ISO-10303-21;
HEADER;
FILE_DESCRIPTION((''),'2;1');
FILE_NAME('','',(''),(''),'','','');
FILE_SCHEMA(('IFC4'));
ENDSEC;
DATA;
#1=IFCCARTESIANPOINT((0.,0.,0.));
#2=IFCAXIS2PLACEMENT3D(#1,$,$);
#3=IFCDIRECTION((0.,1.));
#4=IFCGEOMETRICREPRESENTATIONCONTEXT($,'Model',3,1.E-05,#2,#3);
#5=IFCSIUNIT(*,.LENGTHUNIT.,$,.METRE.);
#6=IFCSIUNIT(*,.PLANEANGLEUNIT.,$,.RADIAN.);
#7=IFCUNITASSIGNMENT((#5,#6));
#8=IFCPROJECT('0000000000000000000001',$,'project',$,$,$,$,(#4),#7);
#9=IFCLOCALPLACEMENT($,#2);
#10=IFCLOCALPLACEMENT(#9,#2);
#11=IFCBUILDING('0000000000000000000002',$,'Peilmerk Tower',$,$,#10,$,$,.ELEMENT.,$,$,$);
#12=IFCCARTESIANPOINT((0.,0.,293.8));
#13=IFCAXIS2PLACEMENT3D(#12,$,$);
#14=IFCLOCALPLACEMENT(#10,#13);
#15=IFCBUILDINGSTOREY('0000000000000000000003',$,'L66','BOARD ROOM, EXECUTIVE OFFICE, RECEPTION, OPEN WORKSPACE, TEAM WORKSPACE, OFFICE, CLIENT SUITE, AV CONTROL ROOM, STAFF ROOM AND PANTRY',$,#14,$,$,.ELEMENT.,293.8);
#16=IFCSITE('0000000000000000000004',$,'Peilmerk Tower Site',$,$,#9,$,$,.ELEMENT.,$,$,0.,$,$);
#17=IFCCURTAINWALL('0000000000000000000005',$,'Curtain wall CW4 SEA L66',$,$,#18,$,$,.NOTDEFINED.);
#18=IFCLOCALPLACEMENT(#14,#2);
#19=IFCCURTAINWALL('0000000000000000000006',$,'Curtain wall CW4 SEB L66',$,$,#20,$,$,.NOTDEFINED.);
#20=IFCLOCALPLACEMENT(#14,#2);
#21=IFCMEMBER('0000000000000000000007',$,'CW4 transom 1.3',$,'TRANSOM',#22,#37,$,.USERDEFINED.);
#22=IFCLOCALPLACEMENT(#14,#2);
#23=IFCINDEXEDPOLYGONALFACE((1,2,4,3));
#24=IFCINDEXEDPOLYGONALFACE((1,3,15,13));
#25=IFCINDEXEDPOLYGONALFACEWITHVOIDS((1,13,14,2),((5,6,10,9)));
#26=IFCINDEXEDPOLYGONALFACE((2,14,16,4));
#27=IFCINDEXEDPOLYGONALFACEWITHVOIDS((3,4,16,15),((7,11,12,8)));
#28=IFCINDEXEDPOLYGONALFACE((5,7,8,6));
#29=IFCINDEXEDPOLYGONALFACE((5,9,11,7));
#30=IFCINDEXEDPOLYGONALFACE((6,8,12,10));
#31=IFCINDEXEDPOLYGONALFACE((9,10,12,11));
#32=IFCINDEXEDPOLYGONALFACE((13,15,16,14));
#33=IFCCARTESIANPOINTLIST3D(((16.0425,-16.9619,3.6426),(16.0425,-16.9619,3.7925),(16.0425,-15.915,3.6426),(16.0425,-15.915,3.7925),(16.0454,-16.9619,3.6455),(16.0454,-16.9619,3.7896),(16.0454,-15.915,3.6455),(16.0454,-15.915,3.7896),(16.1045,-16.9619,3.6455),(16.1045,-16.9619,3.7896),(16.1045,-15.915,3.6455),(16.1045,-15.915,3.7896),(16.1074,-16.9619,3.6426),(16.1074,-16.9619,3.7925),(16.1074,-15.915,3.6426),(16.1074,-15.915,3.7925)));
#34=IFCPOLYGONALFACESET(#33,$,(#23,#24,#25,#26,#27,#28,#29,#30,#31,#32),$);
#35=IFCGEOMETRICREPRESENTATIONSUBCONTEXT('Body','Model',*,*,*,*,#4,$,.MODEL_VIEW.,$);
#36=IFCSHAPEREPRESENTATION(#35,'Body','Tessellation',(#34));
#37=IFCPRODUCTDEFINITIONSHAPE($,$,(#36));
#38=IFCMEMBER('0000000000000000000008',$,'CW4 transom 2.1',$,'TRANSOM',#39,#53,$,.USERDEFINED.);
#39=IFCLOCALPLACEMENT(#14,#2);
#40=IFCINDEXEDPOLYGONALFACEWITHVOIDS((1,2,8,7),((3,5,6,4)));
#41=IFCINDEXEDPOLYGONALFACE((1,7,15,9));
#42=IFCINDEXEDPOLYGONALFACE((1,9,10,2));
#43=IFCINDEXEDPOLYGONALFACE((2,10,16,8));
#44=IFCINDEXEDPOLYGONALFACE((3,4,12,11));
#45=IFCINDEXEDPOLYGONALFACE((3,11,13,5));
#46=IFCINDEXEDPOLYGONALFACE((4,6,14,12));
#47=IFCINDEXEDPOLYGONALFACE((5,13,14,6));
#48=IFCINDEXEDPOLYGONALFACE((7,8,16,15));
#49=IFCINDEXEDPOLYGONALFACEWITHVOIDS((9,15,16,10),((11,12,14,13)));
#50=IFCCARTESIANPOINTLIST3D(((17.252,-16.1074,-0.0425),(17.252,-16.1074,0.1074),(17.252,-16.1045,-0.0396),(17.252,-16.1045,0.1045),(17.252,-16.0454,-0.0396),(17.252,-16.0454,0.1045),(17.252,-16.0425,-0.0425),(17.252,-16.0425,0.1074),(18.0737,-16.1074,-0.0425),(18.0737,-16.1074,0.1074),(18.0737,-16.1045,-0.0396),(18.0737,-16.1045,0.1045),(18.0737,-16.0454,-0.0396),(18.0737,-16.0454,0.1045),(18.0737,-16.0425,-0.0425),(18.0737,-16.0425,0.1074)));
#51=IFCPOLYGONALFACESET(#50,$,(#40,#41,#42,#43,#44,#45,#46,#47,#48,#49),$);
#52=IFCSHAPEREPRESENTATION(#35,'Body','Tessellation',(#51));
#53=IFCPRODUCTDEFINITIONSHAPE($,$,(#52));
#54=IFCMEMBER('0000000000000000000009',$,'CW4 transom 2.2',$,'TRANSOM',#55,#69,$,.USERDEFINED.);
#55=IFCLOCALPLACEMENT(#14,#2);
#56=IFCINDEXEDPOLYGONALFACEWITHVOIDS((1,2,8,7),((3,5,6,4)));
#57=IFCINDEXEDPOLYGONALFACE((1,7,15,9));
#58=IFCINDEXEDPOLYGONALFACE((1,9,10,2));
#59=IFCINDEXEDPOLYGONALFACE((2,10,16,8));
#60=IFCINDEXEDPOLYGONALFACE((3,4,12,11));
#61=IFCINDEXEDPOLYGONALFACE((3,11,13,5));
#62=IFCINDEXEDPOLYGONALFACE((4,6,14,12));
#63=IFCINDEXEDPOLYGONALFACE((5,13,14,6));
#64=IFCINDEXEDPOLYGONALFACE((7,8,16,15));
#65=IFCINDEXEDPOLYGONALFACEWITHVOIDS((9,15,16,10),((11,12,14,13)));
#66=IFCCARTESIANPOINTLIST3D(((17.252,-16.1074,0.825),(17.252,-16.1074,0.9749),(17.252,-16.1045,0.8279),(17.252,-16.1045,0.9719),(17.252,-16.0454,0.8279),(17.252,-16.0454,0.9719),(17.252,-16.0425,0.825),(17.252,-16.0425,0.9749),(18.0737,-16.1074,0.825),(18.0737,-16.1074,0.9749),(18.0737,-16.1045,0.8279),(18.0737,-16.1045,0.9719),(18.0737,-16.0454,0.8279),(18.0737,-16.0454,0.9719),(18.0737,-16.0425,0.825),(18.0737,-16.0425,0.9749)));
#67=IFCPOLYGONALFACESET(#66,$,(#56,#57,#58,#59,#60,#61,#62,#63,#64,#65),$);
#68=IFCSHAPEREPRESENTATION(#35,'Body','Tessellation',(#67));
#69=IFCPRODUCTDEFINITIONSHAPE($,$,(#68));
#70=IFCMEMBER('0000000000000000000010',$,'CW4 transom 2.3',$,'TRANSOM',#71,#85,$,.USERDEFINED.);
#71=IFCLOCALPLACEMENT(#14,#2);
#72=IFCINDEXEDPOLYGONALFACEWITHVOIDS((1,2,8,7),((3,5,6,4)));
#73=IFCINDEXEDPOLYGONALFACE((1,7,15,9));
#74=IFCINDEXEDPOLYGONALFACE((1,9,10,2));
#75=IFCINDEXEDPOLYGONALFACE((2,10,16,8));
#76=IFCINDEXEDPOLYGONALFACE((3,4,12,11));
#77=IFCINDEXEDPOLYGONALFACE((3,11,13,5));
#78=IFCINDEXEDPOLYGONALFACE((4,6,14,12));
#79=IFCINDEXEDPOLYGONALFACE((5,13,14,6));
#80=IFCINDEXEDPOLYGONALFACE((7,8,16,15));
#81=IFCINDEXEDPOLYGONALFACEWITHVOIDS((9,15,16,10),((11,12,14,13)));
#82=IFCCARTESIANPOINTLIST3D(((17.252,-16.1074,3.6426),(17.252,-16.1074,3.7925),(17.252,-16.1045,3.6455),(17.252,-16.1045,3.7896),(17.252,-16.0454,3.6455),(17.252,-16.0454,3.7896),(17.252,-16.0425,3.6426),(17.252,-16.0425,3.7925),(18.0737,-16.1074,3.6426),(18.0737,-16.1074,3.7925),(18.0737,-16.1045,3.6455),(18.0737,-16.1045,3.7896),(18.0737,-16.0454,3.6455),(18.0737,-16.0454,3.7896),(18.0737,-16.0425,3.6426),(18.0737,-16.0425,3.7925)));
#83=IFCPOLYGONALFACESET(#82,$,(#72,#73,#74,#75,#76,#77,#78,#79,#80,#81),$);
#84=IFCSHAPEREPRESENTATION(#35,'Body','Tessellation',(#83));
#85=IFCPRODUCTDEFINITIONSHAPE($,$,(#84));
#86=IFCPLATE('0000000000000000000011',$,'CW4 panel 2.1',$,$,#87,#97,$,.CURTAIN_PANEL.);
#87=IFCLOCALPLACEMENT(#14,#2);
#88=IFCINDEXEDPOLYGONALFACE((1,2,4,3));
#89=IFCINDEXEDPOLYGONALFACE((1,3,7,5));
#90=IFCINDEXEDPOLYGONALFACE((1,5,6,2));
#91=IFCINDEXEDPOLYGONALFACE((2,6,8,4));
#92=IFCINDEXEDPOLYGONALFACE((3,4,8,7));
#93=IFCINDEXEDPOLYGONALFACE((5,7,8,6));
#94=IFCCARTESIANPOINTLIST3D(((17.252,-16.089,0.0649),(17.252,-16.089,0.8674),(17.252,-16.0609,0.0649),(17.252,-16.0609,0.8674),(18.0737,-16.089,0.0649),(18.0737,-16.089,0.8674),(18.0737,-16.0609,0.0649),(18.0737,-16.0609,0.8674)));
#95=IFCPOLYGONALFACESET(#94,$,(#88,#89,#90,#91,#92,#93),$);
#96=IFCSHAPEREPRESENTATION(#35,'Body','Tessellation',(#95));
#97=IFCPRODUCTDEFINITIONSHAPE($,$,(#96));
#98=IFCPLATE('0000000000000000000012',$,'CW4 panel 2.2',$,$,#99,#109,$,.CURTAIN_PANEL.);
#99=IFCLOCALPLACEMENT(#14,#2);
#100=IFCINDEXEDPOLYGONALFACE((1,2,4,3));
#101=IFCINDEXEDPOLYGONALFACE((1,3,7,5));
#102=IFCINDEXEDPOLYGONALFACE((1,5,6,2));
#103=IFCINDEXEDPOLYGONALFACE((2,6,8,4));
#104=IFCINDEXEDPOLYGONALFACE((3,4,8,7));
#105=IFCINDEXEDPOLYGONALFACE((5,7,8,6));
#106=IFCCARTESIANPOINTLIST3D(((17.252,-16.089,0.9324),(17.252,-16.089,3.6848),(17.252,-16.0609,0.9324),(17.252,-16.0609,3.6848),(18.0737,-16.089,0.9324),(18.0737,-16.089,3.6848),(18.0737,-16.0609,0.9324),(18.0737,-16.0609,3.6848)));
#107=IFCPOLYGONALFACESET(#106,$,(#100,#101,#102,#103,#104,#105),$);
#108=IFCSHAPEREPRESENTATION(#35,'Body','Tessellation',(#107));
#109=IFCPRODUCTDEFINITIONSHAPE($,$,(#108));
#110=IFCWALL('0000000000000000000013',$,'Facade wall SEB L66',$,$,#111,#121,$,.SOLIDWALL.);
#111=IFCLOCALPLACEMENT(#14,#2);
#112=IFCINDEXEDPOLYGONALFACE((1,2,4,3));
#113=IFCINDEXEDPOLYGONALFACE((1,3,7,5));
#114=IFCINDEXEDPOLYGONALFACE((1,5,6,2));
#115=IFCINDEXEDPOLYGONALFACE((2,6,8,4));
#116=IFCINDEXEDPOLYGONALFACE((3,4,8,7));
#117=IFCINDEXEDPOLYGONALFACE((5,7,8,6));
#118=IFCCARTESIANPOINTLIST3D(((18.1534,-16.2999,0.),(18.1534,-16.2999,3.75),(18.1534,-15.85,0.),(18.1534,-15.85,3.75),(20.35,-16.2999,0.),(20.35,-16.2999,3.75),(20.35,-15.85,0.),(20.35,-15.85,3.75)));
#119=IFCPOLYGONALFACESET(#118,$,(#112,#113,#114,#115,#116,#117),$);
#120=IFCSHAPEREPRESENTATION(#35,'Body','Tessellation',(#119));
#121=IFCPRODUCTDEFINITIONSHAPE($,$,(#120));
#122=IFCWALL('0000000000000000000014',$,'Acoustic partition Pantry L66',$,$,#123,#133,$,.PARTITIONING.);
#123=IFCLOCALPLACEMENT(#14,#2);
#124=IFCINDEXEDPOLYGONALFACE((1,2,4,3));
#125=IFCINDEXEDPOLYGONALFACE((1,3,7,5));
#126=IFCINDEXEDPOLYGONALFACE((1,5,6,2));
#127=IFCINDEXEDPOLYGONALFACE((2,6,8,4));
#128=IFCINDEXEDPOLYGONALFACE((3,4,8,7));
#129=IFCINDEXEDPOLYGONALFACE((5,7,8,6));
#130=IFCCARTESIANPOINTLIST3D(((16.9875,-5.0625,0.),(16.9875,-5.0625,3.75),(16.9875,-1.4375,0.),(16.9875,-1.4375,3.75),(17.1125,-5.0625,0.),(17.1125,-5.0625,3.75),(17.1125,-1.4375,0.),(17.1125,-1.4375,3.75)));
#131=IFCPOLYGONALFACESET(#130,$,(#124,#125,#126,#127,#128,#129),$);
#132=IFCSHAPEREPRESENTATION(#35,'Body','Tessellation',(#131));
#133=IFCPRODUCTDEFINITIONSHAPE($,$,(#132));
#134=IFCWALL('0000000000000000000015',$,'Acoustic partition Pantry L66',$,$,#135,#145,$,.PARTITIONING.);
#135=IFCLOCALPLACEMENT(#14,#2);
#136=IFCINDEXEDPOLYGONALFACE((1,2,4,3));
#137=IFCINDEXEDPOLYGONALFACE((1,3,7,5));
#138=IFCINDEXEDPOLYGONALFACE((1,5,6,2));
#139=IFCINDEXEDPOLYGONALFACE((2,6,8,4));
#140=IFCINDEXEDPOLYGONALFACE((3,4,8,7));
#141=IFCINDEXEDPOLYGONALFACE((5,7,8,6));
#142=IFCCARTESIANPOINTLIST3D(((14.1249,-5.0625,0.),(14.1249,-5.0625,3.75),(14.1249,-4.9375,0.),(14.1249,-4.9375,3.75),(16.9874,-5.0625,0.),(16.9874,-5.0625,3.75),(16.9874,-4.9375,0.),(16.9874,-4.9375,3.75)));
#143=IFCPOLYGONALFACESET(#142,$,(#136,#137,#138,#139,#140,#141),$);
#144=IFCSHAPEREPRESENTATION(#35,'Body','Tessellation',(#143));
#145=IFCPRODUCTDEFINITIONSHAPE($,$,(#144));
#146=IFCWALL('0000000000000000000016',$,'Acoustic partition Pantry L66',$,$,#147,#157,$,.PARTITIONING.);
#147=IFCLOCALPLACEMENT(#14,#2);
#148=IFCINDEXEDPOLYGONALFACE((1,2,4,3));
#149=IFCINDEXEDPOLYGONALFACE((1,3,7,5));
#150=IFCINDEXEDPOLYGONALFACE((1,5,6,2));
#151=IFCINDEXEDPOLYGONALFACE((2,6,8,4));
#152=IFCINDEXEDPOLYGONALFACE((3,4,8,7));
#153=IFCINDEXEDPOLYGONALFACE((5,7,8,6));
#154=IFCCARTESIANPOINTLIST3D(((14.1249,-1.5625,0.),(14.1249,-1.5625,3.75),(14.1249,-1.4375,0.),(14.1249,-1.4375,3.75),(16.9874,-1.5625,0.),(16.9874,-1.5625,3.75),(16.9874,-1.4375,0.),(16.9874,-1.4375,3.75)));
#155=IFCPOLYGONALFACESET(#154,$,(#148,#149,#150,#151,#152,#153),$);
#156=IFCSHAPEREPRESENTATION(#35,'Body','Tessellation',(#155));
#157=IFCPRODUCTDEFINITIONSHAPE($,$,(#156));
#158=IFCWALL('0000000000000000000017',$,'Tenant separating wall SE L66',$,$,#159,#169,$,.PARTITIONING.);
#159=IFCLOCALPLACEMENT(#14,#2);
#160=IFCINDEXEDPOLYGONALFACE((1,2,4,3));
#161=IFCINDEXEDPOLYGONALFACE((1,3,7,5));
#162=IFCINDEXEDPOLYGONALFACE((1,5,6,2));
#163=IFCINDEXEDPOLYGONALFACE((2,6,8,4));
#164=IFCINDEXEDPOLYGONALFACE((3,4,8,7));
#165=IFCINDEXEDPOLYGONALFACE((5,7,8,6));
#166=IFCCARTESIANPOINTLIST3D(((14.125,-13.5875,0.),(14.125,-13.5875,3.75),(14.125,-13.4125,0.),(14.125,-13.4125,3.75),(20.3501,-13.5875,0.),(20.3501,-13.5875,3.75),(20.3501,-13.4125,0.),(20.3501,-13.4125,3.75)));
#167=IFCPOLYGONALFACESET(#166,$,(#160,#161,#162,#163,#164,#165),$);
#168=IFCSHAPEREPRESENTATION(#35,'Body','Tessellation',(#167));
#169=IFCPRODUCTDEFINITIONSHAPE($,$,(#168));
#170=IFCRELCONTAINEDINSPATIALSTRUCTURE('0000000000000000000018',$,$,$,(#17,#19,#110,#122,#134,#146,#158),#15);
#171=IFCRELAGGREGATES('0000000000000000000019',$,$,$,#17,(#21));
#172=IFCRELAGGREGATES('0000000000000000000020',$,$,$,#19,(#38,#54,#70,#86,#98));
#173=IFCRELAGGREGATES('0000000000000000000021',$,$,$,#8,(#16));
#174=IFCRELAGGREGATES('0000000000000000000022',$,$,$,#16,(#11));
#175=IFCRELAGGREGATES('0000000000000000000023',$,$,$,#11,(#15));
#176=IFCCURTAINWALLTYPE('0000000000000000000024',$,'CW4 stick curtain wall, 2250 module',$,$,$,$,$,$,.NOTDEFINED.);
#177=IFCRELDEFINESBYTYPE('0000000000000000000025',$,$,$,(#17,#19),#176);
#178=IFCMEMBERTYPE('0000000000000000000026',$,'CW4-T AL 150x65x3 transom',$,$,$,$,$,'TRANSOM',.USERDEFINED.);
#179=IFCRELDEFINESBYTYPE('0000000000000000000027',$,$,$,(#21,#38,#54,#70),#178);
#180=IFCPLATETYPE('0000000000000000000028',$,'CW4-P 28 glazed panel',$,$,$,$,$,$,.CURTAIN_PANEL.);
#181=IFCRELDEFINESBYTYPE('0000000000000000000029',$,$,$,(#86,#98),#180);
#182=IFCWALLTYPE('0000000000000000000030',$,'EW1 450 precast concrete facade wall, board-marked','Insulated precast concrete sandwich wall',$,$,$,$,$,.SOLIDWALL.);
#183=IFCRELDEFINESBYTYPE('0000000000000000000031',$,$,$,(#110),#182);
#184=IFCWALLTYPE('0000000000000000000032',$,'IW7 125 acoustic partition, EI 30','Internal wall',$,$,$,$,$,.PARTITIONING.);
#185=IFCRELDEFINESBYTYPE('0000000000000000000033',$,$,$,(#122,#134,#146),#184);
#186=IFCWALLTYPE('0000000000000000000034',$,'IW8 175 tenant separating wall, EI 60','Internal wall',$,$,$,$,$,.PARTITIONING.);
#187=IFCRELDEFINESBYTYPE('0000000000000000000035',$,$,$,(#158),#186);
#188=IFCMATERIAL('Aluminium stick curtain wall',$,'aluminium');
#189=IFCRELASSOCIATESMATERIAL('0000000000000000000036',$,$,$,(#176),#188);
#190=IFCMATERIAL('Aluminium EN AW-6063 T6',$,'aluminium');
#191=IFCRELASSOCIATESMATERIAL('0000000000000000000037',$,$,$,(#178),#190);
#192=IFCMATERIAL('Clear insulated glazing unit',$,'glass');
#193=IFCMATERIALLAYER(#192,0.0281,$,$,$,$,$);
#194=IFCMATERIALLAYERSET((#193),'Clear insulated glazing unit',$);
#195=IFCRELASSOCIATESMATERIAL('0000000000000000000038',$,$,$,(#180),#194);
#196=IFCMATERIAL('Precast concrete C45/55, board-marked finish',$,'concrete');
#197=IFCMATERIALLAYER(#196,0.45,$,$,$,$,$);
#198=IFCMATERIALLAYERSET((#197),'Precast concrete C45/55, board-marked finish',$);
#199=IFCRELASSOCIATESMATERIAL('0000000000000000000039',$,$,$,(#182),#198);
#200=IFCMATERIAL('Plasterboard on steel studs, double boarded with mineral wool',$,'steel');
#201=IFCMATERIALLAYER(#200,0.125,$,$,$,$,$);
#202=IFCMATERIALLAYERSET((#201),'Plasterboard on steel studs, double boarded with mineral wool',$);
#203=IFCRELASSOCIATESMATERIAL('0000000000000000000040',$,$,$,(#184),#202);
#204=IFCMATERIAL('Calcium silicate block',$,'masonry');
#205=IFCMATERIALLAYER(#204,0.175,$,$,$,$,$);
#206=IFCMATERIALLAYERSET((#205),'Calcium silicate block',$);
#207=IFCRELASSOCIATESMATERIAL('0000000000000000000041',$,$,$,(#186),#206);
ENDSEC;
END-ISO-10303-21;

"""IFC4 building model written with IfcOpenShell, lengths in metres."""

from ifc_helpers import new_model, si_unit, direction, frame, frame_2d, origin, origin_2d, place, context, subcontext, project, spatial, rectangle, hollow_rectangle, extrude, material, layer, layer_set, material_profile, profile_set, type_object, element, aggregate, save


model = new_model("IFC4")

# Units and contexts
model_context = context("Model", 3, precision=1e-05, world=origin(), true_north=direction((0.0, 1.0)))
body_context = subcontext(model_context, "Body", "Model", "MODEL_VIEW")
ifc_project = project(units=[si_unit("LENGTHUNIT", "METRE"), si_unit("PLANEANGLEUNIT", "RADIAN")], contexts=[model_context])

# Site, building, storey
site_placement = place(None, origin())
site = spatial("IfcSite", under=ifc_project, at=site_placement, Name="Peilmerk Tower Site", CompositionType="ELEMENT", RefElevation=0.0)
building_placement = place(site_placement, origin())
building = spatial("IfcBuilding", under=site, at=building_placement, Name="Peilmerk Tower", CompositionType="ELEMENT")
storey_placement = place(building_placement, frame((0.0, 0.0, 293.8)))
storey = spatial("IfcBuildingStorey", under=building, at=storey_placement, Name="L66", Description="BOARD ROOM, EXECUTIVE OFFICE, RECEPTION, OPEN WORKSPACE, TEAM WORKSPACE, OFFICE, CLIENT SUITE, AV CONTROL ROOM, STAFF ROOM AND PANTRY", CompositionType="ELEMENT", Elevation=293.8)

# Curtain walls
ifc_material_1 = material(Name="Aluminium stick curtain wall", Category="aluminium")
curtain_wall_type = type_object("IfcCurtainWallType", Name="CW4 stick curtain wall, 2250 module", PredefinedType="NOTDEFINED", material=ifc_material_1)
curtain_wall_1_placement = place(storey_placement, origin())
curtain_wall_1 = element("IfcCurtainWall", 1, at=curtain_wall_1_placement, inside=storey, type_object=curtain_wall_type, Name="Curtain wall CW4 SEA L66", PredefinedType="NOTDEFINED")
ifc_material_2 = material(Name="Aluminium EN AW-6063 T6", Category="aluminium")
curtain_wall_2_placement = place(storey_placement, origin())
curtain_wall_2 = element("IfcCurtainWall", 2, at=curtain_wall_2_placement, inside=storey, type_object=curtain_wall_type, Name="Curtain wall CW4 SEB L66", PredefinedType="NOTDEFINED")

# Members
ifc_material_profile_1 = material_profile(ifc_material_2, hollow_rectangle(XDim=0.0649, YDim=0.1499, WallThickness=0.0029, at=origin_2d()), Name="AL 150x65x3")
ifc_profile_set_1 = profile_set([ifc_material_profile_1], Name="Aluminium EN AW-6063 T6")
member_type_1 = type_object("IfcMemberType", Name="CW4-T AL 150x65x3 transom", ElementType="TRANSOM", PredefinedType="USERDEFINED", material=ifc_profile_set_1)
member_1_placement = place(storey_placement, frame((16.075, -15.915, 3.7175), z_axis=(0.0, -1.0, 0.0), x_axis=(1.0, 0.0, 0.0)))
member_1 = element("IfcMember", 3, at=member_1_placement, type_object=member_type_1, Name="CW4 transom 1.3", ObjectType="TRANSOM", PredefinedType="USERDEFINED", context=body_context, shape_type="SweptSolid", body=[
    extrude(hollow_rectangle(XDim=0.0649, YDim=0.1499, WallThickness=0.0029, at=origin_2d()), origin(), (0.0, 0.0, 1.0), 1.0469),
])
aggregate(curtain_wall_1, [member_1])
member_2_placement = place(storey_placement, frame((17.252, -16.075, 0.0325), z_axis=(1.0, 0.0, 0.0), x_axis=(0.0, 1.0, 0.0)))
member_2 = element("IfcMember", 4, at=member_2_placement, type_object=member_type_1, Name="CW4 transom 2.1", ObjectType="TRANSOM", PredefinedType="USERDEFINED", context=body_context, shape_type="SweptSolid", body=[
    extrude(hollow_rectangle(XDim=0.0649, YDim=0.1499, WallThickness=0.0029, at=origin_2d()), origin(), (0.0, 0.0, 1.0), 0.8218),
])
member_3_placement = place(storey_placement, frame((17.252, -16.075, 0.8999), z_axis=(1.0, 0.0, 0.0), x_axis=(0.0, 1.0, 0.0)))
member_3 = element("IfcMember", 5, at=member_3_placement, type_object=member_type_1, Name="CW4 transom 2.2", ObjectType="TRANSOM", PredefinedType="USERDEFINED", context=body_context, shape_type="SweptSolid", body=[
    extrude(hollow_rectangle(XDim=0.0649, YDim=0.1499, WallThickness=0.0029, at=origin_2d()), origin(), (0.0, 0.0, 1.0), 0.8218),
])
member_4_placement = place(storey_placement, frame((17.252, -16.075, 3.7175), z_axis=(1.0, 0.0, 0.0), x_axis=(0.0, 1.0, 0.0)))
member_4 = element("IfcMember", 6, at=member_4_placement, type_object=member_type_1, Name="CW4 transom 2.3", ObjectType="TRANSOM", PredefinedType="USERDEFINED", context=body_context, shape_type="SweptSolid", body=[
    extrude(hollow_rectangle(XDim=0.0649, YDim=0.1499, WallThickness=0.0029, at=origin_2d()), origin(), (0.0, 0.0, 1.0), 0.8218),
])

# Plates
ifc_material_3 = material(Name="Clear insulated glazing unit", Category="glass")
ifc_layer_1 = layer(ifc_material_3, 0.0281)
ifc_layer_set_1 = layer_set([ifc_layer_1], Name="Clear insulated glazing unit")
plate_type = type_object("IfcPlateType", Name="CW4-P 28 glazed panel", PredefinedType="CURTAIN_PANEL", material=ifc_layer_set_1)
plate_1_placement = place(storey_placement, frame((17.6628, -16.075, 0.0649), z_axis=(0.0, 0.0, 1.0), x_axis=(1.0, 0.0, 0.0)))
plate_1 = element("IfcPlate", 7, at=plate_1_placement, type_object=plate_type, Name="CW4 panel 2.1", PredefinedType="CURTAIN_PANEL", context=body_context, shape_type="SweptSolid", body=[
    extrude(rectangle(XDim=0.8218, YDim=0.0281, at=origin_2d()), origin(), (0.0, 0.0, 1.0), 0.8025),
])
plate_2_placement = place(storey_placement, frame((17.6628, -16.075, 0.9324), z_axis=(0.0, 0.0, 1.0), x_axis=(1.0, 0.0, 0.0)))
plate_2 = element("IfcPlate", 8, at=plate_2_placement, type_object=plate_type, Name="CW4 panel 2.2", PredefinedType="CURTAIN_PANEL", context=body_context, shape_type="SweptSolid", body=[
    extrude(rectangle(XDim=0.8218, YDim=0.0281, at=origin_2d()), origin(), (0.0, 0.0, 1.0), 2.7524),
])
aggregate(curtain_wall_2, [member_2, member_3, member_4, plate_1, plate_2])

# Walls
ifc_material_4 = material(Name="Precast concrete C45/55, board-marked finish", Category="concrete")
ifc_layer_2 = layer(ifc_material_4, 0.45)
ifc_layer_set_2 = layer_set([ifc_layer_2], Name="Precast concrete C45/55, board-marked finish")
wall_type_1 = type_object("IfcWallType", Name="EW1 450 precast concrete facade wall, board-marked", Description="Insulated precast concrete sandwich wall", PredefinedType="SOLIDWALL", material=ifc_layer_set_2)
wall_1_placement = place(storey_placement, frame((18.1536, -16.075, 0.0), z_axis=(0.0, 0.0, 1.0), x_axis=(1.0, 0.0, 0.0)))
element("IfcWall", 9, at=wall_1_placement, inside=storey, type_object=wall_type_1, Name="Facade wall SEB L66", PredefinedType="SOLIDWALL", context=body_context, shape_type="SweptSolid", body=[
    extrude(rectangle(XDim=2.1965, YDim=0.45, at=frame_2d((1.0981, 0.0))), origin(), (0.0, 0.0, 1.0), 3.75),
])
ifc_material_5 = material(Name="Plasterboard on steel studs, double boarded with mineral wool", Category="steel")
ifc_layer_3 = layer(ifc_material_5, 0.125)
ifc_layer_set_3 = layer_set([ifc_layer_3], Name="Plasterboard on steel studs, double boarded with mineral wool")
wall_type_2 = type_object("IfcWallType", Name="IW7 125 acoustic partition, EI 30", Description="Internal wall", PredefinedType="PARTITIONING", material=ifc_layer_set_3)
wall_2_placement = place(storey_placement, frame((17.05, -5.0625, 0.0), z_axis=(0.0, 0.0, 1.0), x_axis=(0.0, 1.0, 0.0)))
element("IfcWall", 10, at=wall_2_placement, inside=storey, type_object=wall_type_2, Name="Acoustic partition Pantry L66", PredefinedType="PARTITIONING", context=body_context, shape_type="SweptSolid", body=[
    extrude(rectangle(XDim=3.625, YDim=0.125, at=frame_2d((1.8125, 0.0))), origin(), (0.0, 0.0, 1.0), 3.75),
])
for number, where, z_axis, x_axis, name in (
    (11, (14.125, -5.0, 0.0), (0.0, 0.0, 1.0), (1.0, 0.0, 0.0), "Acoustic partition Pantry L66"),
    (12, (14.125, -1.5, 0.0), (0.0, 0.0, 1.0), (1.0, 0.0, 0.0), "Acoustic partition Pantry L66"),
):
    element("IfcWall", number, at=place(storey_placement, frame(where, z_axis=z_axis, x_axis=x_axis)), inside=storey, type_object=wall_type_2, Name=name, PredefinedType="PARTITIONING", context=body_context, shape_type="SweptSolid", body=[
        extrude(rectangle(XDim=2.8625, YDim=0.125, at=frame_2d((1.4312, 0.0))), origin(), (0.0, 0.0, 1.0), 3.75),
    ])
ifc_material_6 = material(Name="Calcium silicate block", Category="masonry")
ifc_layer_4 = layer(ifc_material_6, 0.175)
ifc_layer_set_4 = layer_set([ifc_layer_4], Name="Calcium silicate block")
wall_type_3 = type_object("IfcWallType", Name="IW8 175 tenant separating wall, EI 60", Description="Internal wall", PredefinedType="PARTITIONING", material=ifc_layer_set_4)
wall_3_placement = place(storey_placement, frame((20.3501, -13.5, 0.0), z_axis=(0.0, 0.0, 1.0), x_axis=(-1.0, 0.0, 0.0)))
element("IfcWall", 13, at=wall_3_placement, inside=storey, type_object=wall_type_3, Name="Tenant separating wall SE L66", PredefinedType="PARTITIONING", context=body_context, shape_type="SweptSolid", body=[
    extrude(rectangle(XDim=6.2251, YDim=0.175, at=frame_2d((3.1125, 0.0))), origin(), (0.0, 0.0, 1.0), 3.75),
])

save(model, "model.ifc")
